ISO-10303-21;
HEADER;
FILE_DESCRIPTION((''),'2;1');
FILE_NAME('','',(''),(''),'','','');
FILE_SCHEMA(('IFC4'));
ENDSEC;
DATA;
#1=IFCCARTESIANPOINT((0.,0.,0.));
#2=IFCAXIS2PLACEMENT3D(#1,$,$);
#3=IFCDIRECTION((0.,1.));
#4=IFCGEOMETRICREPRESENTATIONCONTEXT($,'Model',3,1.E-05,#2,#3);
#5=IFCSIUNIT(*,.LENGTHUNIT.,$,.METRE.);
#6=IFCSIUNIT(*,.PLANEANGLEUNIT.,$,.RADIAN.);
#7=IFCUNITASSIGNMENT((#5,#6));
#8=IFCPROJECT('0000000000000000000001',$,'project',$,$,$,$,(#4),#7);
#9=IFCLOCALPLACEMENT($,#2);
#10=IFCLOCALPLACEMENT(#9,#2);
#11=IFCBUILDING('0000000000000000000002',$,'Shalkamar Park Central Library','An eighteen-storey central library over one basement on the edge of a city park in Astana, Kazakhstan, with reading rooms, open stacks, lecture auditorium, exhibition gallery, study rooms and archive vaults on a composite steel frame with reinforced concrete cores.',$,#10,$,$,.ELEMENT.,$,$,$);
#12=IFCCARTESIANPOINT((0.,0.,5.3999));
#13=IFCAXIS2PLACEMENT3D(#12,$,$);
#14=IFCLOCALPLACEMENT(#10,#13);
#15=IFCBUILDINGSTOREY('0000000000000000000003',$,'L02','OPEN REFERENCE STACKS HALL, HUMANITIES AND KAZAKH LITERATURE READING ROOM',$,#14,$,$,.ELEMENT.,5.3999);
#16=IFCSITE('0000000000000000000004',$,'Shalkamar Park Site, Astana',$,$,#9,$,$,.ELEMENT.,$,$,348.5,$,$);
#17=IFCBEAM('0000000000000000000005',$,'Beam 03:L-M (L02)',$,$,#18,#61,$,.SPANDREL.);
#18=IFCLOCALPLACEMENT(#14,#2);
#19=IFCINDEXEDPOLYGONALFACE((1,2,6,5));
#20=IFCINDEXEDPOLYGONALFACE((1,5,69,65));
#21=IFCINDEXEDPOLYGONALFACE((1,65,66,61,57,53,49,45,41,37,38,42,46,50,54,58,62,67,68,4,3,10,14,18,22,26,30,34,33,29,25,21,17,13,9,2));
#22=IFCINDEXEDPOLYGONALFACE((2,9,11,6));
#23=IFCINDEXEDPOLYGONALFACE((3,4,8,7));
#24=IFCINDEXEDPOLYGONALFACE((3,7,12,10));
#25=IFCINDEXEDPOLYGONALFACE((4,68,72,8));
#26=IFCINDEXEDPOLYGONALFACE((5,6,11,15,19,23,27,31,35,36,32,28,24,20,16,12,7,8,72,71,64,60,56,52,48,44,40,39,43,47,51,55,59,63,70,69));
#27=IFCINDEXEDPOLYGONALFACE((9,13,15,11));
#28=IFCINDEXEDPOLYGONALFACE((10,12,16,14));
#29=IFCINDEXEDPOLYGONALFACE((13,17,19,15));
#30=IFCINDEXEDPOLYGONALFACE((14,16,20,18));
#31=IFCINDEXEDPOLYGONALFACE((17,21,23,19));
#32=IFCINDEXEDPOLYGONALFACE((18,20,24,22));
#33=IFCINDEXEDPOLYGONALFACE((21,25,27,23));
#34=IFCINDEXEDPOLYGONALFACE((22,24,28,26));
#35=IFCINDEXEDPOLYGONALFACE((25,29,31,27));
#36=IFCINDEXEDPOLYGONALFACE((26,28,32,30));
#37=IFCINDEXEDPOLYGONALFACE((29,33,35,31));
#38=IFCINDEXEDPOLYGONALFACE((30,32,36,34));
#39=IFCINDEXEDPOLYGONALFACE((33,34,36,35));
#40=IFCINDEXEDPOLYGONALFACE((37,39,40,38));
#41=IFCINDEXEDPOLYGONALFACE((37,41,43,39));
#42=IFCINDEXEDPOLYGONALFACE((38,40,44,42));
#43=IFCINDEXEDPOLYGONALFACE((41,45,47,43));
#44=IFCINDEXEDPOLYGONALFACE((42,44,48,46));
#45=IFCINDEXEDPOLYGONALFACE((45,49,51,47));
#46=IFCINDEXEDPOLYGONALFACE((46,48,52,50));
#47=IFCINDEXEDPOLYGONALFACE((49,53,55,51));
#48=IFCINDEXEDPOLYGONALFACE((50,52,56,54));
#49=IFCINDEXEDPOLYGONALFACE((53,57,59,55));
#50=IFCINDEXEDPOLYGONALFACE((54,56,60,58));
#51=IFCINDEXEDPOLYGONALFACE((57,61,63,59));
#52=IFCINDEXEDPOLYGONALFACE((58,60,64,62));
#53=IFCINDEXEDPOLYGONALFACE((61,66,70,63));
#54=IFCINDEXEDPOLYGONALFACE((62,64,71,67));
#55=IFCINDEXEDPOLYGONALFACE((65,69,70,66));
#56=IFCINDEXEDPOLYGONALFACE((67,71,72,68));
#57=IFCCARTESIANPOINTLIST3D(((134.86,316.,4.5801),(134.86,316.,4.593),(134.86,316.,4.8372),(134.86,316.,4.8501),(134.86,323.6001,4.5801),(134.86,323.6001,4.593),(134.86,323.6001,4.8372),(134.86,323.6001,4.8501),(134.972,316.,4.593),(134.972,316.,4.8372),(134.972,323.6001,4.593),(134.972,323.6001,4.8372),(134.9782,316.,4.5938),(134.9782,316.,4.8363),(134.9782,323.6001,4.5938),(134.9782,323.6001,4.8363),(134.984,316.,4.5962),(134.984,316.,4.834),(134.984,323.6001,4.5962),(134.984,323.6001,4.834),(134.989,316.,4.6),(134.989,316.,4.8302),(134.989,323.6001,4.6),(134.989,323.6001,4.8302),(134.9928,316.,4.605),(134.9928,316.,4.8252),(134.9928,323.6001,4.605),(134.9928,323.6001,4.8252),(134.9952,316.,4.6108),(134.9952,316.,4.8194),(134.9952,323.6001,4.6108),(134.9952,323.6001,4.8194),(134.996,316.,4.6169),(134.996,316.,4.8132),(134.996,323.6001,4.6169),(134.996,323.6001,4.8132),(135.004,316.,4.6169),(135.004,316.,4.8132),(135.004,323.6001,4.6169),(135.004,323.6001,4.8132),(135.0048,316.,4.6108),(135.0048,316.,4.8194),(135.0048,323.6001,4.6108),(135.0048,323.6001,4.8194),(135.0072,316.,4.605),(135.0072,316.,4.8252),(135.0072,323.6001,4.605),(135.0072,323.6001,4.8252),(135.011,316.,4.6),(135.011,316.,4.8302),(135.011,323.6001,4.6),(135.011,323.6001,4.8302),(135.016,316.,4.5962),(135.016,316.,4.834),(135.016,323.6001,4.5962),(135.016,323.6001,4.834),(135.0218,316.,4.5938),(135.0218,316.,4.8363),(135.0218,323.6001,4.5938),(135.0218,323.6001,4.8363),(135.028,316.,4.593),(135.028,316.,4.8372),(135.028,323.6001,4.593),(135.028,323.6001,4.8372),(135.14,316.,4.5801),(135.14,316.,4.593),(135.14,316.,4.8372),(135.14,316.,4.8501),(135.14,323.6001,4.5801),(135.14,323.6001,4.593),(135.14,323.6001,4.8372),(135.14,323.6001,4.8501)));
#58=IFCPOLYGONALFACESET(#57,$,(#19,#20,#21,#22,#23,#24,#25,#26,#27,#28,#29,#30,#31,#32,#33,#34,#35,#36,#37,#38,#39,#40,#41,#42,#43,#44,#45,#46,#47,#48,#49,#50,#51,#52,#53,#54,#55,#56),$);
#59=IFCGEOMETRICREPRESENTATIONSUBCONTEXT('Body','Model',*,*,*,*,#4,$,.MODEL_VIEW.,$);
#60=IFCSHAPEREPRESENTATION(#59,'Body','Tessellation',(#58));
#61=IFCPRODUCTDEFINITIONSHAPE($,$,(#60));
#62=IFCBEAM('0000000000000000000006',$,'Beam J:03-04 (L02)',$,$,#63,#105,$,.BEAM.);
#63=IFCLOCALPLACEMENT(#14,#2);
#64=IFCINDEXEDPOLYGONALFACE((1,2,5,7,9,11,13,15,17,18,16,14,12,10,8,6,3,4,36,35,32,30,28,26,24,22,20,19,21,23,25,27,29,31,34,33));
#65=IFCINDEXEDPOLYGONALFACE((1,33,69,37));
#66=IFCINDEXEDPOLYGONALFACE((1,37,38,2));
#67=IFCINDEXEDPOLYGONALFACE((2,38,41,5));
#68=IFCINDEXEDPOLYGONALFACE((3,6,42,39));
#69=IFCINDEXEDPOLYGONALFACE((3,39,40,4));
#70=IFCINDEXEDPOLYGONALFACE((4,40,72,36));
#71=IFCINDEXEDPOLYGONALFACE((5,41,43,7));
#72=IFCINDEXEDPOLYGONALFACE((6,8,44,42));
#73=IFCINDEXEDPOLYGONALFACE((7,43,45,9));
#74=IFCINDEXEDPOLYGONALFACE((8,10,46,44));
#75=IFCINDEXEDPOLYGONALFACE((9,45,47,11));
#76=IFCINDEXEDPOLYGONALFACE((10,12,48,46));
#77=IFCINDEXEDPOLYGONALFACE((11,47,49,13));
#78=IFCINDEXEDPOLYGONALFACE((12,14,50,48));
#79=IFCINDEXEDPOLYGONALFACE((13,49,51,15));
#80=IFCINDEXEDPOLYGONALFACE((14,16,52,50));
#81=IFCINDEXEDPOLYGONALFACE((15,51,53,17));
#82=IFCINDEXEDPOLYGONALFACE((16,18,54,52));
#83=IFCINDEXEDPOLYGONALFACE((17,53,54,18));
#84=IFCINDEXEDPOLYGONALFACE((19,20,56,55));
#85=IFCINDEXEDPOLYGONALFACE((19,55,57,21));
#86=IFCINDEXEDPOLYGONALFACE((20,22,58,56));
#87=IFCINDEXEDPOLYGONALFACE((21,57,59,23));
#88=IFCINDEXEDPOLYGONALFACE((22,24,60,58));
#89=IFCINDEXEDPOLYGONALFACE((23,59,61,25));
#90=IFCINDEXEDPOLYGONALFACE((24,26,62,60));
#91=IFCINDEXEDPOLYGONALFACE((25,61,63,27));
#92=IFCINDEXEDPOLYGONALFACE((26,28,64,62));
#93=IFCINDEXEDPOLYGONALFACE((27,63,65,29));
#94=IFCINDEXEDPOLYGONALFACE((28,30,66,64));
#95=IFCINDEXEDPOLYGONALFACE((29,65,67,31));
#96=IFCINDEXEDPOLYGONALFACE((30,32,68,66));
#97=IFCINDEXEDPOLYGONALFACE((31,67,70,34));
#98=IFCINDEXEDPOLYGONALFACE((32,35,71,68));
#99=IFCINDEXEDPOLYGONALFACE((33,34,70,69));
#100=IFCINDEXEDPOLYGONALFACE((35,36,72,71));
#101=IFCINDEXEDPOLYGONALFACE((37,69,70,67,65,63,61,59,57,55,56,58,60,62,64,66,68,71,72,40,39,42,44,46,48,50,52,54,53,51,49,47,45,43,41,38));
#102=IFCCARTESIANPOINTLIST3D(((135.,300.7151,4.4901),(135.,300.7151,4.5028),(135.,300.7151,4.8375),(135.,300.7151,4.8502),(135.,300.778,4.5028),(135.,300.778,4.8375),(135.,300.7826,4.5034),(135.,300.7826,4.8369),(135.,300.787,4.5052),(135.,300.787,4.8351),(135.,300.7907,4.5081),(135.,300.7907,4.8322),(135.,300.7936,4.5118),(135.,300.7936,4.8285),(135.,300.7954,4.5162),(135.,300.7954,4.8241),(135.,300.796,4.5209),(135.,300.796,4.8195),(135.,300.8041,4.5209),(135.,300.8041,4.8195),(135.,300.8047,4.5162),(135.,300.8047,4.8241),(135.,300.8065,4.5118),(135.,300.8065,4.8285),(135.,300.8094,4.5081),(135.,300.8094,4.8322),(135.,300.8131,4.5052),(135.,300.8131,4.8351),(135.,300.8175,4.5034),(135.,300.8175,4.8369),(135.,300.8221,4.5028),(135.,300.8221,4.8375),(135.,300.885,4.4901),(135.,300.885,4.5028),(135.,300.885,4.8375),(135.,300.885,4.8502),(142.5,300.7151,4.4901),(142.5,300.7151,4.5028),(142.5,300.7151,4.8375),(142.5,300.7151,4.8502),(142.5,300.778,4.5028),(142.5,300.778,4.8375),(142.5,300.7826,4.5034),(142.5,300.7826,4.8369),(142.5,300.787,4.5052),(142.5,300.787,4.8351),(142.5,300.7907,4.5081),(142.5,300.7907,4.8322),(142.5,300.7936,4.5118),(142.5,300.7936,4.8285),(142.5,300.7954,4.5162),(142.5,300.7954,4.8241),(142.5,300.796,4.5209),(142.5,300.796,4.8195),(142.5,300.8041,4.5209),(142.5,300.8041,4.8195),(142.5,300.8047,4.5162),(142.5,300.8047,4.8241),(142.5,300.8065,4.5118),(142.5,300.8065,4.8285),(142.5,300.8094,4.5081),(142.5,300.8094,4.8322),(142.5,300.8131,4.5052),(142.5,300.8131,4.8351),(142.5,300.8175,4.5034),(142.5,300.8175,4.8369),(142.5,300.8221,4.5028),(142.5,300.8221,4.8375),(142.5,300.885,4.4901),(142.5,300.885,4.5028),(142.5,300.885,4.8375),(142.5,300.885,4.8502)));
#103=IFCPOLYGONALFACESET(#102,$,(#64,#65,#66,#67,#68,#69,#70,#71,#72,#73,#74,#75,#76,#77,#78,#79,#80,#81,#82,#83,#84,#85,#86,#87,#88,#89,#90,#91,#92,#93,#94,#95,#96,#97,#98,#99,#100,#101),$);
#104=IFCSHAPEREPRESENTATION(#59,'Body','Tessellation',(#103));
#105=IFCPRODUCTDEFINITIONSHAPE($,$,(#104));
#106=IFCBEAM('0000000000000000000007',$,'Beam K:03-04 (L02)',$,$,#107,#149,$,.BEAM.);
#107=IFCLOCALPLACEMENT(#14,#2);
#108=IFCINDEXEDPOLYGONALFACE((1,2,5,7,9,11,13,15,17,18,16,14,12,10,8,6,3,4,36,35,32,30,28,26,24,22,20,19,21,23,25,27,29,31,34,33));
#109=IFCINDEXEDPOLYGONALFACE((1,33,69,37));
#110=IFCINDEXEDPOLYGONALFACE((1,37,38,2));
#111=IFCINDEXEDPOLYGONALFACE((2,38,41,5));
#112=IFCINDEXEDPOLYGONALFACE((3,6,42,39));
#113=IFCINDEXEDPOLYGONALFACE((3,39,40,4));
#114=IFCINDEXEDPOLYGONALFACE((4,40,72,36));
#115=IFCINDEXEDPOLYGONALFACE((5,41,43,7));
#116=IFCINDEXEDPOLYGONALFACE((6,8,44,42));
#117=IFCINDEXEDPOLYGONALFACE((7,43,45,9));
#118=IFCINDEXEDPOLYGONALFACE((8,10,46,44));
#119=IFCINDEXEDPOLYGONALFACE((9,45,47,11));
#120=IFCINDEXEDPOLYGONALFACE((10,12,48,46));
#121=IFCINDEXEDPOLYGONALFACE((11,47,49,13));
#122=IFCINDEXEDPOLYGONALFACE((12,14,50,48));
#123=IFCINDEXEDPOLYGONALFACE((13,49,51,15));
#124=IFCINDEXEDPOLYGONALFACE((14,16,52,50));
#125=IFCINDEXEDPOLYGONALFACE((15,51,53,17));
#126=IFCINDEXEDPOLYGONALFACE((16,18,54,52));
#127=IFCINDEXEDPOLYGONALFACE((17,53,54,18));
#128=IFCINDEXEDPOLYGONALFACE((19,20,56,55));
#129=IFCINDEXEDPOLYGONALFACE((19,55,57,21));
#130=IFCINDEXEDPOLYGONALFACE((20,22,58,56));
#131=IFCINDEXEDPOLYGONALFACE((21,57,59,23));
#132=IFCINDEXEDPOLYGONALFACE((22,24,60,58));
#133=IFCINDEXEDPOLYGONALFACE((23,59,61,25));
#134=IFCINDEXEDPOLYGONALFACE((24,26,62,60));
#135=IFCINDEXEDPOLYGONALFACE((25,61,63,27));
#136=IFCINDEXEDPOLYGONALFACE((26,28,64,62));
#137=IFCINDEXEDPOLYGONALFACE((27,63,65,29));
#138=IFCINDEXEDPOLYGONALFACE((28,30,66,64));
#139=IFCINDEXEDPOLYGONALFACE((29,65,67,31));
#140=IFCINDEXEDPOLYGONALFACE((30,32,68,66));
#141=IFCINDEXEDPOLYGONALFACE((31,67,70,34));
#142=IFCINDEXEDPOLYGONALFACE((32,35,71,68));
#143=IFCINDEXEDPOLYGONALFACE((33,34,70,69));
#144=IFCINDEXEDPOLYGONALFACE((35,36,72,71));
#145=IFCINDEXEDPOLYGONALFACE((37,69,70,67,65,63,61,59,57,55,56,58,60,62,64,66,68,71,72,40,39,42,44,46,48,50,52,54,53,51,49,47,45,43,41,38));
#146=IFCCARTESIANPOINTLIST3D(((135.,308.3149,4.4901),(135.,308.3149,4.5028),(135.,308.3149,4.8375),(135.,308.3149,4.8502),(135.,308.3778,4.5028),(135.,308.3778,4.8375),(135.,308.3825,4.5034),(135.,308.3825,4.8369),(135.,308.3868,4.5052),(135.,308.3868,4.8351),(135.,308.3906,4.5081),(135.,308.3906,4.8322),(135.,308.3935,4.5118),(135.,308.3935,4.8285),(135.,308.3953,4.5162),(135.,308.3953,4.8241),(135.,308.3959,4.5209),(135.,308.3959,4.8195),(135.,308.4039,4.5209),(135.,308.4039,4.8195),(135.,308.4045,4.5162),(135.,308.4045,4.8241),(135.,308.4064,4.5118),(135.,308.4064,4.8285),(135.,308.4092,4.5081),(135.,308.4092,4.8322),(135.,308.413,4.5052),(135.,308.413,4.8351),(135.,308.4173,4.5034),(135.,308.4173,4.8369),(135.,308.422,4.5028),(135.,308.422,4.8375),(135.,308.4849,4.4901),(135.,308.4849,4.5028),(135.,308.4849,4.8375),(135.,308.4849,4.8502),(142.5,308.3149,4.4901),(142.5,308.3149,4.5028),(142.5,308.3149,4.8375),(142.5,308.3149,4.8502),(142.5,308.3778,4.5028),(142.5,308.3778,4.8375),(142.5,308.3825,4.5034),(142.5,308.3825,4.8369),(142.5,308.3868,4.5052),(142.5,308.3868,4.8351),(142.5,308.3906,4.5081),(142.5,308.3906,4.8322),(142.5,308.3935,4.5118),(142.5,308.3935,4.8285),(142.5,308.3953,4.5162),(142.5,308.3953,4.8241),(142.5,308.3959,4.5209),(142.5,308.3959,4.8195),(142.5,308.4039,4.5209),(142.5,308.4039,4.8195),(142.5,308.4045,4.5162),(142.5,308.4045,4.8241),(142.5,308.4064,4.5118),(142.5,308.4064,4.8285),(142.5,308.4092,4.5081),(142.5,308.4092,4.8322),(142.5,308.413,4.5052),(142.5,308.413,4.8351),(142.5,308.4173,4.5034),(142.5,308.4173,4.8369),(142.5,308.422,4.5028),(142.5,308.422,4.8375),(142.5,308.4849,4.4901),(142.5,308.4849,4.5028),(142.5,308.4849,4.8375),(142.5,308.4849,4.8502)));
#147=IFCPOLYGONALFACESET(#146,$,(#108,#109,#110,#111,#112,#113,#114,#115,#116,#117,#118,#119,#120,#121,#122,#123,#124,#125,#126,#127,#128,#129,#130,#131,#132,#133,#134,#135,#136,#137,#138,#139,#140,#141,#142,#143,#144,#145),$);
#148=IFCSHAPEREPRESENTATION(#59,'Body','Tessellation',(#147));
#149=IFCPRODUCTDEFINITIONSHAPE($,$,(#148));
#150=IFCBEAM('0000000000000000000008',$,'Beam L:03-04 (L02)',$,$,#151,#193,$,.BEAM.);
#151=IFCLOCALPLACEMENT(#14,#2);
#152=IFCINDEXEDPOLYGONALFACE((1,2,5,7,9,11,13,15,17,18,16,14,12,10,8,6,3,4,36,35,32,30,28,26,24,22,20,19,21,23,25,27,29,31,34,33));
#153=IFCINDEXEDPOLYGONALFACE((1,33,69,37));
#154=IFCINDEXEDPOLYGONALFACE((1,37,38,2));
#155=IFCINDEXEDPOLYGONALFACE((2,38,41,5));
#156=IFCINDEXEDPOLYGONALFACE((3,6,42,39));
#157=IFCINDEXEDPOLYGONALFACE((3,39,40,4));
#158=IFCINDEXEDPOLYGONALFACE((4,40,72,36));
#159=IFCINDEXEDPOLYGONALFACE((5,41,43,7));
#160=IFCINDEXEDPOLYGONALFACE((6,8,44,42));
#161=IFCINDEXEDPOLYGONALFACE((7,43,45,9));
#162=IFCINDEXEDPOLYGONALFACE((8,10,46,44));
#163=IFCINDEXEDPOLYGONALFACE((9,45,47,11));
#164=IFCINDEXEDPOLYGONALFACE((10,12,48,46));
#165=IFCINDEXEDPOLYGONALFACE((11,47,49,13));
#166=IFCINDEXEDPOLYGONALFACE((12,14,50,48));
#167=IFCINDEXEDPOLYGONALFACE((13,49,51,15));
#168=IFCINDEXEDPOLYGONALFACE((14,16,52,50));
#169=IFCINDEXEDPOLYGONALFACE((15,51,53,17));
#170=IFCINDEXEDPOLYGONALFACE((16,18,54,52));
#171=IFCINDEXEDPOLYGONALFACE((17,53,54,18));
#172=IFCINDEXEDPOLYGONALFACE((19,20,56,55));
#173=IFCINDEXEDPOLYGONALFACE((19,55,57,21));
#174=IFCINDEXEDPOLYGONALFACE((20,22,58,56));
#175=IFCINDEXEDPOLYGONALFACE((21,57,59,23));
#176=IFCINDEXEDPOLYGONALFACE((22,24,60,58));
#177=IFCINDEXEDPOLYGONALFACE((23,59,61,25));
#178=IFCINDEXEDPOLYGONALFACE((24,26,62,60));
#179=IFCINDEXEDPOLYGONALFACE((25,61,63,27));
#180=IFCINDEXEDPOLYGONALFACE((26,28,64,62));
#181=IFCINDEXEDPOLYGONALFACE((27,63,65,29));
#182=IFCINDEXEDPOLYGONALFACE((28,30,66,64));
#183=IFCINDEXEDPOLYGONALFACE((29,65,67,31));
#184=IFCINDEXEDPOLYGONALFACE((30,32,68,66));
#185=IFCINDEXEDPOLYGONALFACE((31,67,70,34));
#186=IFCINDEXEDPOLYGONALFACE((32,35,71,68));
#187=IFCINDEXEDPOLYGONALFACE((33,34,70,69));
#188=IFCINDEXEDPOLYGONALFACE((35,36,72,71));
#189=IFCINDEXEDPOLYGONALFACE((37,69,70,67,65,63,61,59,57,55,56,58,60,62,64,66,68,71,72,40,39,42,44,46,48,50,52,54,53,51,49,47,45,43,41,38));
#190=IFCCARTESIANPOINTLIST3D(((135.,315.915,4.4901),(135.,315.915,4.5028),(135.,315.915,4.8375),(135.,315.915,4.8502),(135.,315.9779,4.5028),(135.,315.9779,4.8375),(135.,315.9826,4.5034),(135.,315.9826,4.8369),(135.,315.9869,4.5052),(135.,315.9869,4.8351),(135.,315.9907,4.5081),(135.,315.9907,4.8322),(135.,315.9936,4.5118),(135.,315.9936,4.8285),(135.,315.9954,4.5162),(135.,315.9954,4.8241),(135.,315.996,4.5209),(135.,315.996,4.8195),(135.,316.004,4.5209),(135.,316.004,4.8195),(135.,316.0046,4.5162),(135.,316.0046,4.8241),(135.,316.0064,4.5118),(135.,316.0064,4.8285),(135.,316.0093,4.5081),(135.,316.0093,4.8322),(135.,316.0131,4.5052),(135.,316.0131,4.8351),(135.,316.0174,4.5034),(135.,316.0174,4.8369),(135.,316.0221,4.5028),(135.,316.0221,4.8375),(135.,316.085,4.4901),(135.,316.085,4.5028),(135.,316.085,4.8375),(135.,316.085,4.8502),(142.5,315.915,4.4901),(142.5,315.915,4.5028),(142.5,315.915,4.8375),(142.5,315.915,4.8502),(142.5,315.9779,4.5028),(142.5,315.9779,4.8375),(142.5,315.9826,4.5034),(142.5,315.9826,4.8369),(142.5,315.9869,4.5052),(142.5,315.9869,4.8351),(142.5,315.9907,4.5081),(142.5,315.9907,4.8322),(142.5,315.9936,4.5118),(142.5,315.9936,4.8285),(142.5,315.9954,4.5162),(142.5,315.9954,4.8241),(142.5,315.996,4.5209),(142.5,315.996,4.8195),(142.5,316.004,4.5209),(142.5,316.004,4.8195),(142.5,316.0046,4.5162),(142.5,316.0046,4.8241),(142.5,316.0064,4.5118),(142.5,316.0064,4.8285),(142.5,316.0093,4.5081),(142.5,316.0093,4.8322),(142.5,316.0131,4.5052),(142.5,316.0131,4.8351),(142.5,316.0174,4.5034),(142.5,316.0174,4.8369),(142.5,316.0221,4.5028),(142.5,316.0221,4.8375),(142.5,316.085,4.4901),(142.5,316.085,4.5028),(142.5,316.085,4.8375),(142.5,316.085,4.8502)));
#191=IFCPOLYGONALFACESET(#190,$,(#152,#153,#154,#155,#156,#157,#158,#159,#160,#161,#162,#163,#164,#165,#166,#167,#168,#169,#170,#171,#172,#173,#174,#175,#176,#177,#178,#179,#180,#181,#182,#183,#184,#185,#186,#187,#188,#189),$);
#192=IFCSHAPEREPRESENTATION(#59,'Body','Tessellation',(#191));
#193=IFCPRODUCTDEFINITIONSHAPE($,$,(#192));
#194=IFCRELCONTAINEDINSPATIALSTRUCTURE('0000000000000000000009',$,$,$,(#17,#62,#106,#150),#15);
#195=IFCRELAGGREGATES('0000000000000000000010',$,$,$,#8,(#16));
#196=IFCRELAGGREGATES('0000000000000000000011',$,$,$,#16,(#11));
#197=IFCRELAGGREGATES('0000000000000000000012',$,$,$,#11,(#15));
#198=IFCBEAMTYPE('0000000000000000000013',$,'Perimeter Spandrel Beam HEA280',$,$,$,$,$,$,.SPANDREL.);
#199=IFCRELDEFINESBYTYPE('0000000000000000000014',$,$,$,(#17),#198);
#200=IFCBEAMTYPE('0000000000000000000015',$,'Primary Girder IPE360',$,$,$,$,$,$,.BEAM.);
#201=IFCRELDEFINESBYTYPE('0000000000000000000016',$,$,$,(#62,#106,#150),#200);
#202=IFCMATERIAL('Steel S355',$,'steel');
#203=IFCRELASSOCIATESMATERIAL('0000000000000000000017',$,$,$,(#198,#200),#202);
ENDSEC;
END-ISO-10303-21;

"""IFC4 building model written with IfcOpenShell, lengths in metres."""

from ifc_helpers import new_model, si_unit, direction, frame, origin, origin_2d, place, context, subcontext, project, spatial, i_section, extrude, material, material_profile, profile_set, type_object, element, save


model = new_model("IFC4")

# Units and contexts
model_context = context("Model", 3, precision=1e-05, world=origin(), true_north=direction((0.0, 1.0)))
body_context = subcontext(model_context, "Body", "Model", "MODEL_VIEW")
ifc_project = project(units=[si_unit("LENGTHUNIT", "METRE"), si_unit("PLANEANGLEUNIT", "RADIAN")], contexts=[model_context])

# Site, building, storey
site_placement = place(None, origin())
site = spatial("IfcSite", under=ifc_project, at=site_placement, Name="Shalkamar Park Site, Astana", CompositionType="ELEMENT", RefElevation=348.5)
building_placement = place(site_placement, origin())
building = spatial("IfcBuilding", under=site, at=building_placement, Name="Shalkamar Park Central Library", Description="An eighteen-storey central library over one basement on the edge of a city park in Astana, Kazakhstan, with reading rooms, open stacks, lecture auditorium, exhibition gallery, study rooms and archive vaults on a composite steel frame with reinforced concrete cores.", CompositionType="ELEMENT")
storey_placement = place(building_placement, frame((0.0, 0.0, 5.3999)))
storey = spatial("IfcBuildingStorey", under=building, at=storey_placement, Name="L02", Description="OPEN REFERENCE STACKS HALL, HUMANITIES AND KAZAKH LITERATURE READING ROOM", CompositionType="ELEMENT", Elevation=5.3999)

# Shared definitions
ifc_material_1 = material(Name="Steel S355", Category="steel")

# Beams
ifc_material_profile_1 = material_profile(ifc_material_1, i_section(OverallWidth=0.28, OverallDepth=0.27, WebThickness=0.0081, FlangeThickness=0.0129, FilletRadius=0.0239, at=origin_2d()), Name="HEA 280")
ifc_profile_set_1 = profile_set([ifc_material_profile_1], Name="Steel S355")
beam_type_1 = type_object("IfcBeamType", Name="Perimeter Spandrel Beam HEA280", PredefinedType="SPANDREL", material=ifc_profile_set_1)
for number, where, z_axis, x_axis, name in (
    (1, (135.0, 316.0, 4.7151), (0.0, 1.0, 0.0), (-1.0, 0.0, 0.0), "Beam 03:L-M (L02)"),
):
    element("IfcBeam", number, at=place(storey_placement, frame(where, z_axis=z_axis, x_axis=x_axis)), inside=storey, type_object=beam_type_1, Name=name, PredefinedType="SPANDREL", context=body_context, shape_type="SweptSolid", body=[
        extrude(i_section(OverallWidth=0.28, OverallDepth=0.27, WebThickness=0.0081, FlangeThickness=0.0129, FilletRadius=0.0239, at=origin_2d()), origin(), (0.0, 0.0, 1.0), 7.6001),
    ])
ifc_material_profile_2 = material_profile(ifc_material_1, i_section(OverallWidth=0.1699, OverallDepth=0.3601, WebThickness=0.0081, FlangeThickness=0.0127, FilletRadius=0.0181, at=origin_2d()), Name="IPE 360")
ifc_profile_set_2 = profile_set([ifc_material_profile_2], Name="Steel S355")
beam_type_2 = type_object("IfcBeamType", Name="Primary Girder IPE360", PredefinedType="BEAM", material=ifc_profile_set_2)
for number, where, z_axis, x_axis, name in (
    (2, (135.0, 300.8, 4.6702), (1.0, 0.0, 0.0), (0.0, 1.0, 0.0), "Beam J:03-04 (L02)"),
    (3, (135.0, 308.3999, 4.6702), (1.0, 0.0, 0.0), (0.0, 1.0, 0.0), "Beam K:03-04 (L02)"),
    (4, (135.0, 316.0, 4.6702), (1.0, 0.0, 0.0), (0.0, 1.0, 0.0), "Beam L:03-04 (L02)"),
):
    element("IfcBeam", number, at=place(storey_placement, frame(where, z_axis=z_axis, x_axis=x_axis)), inside=storey, type_object=beam_type_2, Name=name, PredefinedType="BEAM", context=body_context, shape_type="SweptSolid", body=[
        extrude(i_section(OverallWidth=0.1699, OverallDepth=0.3601, WebThickness=0.0081, FlangeThickness=0.0127, FilletRadius=0.0181, at=origin_2d()), origin(), (0.0, 0.0, 1.0), 7.5),
    ])

save(model, "model.ifc")
